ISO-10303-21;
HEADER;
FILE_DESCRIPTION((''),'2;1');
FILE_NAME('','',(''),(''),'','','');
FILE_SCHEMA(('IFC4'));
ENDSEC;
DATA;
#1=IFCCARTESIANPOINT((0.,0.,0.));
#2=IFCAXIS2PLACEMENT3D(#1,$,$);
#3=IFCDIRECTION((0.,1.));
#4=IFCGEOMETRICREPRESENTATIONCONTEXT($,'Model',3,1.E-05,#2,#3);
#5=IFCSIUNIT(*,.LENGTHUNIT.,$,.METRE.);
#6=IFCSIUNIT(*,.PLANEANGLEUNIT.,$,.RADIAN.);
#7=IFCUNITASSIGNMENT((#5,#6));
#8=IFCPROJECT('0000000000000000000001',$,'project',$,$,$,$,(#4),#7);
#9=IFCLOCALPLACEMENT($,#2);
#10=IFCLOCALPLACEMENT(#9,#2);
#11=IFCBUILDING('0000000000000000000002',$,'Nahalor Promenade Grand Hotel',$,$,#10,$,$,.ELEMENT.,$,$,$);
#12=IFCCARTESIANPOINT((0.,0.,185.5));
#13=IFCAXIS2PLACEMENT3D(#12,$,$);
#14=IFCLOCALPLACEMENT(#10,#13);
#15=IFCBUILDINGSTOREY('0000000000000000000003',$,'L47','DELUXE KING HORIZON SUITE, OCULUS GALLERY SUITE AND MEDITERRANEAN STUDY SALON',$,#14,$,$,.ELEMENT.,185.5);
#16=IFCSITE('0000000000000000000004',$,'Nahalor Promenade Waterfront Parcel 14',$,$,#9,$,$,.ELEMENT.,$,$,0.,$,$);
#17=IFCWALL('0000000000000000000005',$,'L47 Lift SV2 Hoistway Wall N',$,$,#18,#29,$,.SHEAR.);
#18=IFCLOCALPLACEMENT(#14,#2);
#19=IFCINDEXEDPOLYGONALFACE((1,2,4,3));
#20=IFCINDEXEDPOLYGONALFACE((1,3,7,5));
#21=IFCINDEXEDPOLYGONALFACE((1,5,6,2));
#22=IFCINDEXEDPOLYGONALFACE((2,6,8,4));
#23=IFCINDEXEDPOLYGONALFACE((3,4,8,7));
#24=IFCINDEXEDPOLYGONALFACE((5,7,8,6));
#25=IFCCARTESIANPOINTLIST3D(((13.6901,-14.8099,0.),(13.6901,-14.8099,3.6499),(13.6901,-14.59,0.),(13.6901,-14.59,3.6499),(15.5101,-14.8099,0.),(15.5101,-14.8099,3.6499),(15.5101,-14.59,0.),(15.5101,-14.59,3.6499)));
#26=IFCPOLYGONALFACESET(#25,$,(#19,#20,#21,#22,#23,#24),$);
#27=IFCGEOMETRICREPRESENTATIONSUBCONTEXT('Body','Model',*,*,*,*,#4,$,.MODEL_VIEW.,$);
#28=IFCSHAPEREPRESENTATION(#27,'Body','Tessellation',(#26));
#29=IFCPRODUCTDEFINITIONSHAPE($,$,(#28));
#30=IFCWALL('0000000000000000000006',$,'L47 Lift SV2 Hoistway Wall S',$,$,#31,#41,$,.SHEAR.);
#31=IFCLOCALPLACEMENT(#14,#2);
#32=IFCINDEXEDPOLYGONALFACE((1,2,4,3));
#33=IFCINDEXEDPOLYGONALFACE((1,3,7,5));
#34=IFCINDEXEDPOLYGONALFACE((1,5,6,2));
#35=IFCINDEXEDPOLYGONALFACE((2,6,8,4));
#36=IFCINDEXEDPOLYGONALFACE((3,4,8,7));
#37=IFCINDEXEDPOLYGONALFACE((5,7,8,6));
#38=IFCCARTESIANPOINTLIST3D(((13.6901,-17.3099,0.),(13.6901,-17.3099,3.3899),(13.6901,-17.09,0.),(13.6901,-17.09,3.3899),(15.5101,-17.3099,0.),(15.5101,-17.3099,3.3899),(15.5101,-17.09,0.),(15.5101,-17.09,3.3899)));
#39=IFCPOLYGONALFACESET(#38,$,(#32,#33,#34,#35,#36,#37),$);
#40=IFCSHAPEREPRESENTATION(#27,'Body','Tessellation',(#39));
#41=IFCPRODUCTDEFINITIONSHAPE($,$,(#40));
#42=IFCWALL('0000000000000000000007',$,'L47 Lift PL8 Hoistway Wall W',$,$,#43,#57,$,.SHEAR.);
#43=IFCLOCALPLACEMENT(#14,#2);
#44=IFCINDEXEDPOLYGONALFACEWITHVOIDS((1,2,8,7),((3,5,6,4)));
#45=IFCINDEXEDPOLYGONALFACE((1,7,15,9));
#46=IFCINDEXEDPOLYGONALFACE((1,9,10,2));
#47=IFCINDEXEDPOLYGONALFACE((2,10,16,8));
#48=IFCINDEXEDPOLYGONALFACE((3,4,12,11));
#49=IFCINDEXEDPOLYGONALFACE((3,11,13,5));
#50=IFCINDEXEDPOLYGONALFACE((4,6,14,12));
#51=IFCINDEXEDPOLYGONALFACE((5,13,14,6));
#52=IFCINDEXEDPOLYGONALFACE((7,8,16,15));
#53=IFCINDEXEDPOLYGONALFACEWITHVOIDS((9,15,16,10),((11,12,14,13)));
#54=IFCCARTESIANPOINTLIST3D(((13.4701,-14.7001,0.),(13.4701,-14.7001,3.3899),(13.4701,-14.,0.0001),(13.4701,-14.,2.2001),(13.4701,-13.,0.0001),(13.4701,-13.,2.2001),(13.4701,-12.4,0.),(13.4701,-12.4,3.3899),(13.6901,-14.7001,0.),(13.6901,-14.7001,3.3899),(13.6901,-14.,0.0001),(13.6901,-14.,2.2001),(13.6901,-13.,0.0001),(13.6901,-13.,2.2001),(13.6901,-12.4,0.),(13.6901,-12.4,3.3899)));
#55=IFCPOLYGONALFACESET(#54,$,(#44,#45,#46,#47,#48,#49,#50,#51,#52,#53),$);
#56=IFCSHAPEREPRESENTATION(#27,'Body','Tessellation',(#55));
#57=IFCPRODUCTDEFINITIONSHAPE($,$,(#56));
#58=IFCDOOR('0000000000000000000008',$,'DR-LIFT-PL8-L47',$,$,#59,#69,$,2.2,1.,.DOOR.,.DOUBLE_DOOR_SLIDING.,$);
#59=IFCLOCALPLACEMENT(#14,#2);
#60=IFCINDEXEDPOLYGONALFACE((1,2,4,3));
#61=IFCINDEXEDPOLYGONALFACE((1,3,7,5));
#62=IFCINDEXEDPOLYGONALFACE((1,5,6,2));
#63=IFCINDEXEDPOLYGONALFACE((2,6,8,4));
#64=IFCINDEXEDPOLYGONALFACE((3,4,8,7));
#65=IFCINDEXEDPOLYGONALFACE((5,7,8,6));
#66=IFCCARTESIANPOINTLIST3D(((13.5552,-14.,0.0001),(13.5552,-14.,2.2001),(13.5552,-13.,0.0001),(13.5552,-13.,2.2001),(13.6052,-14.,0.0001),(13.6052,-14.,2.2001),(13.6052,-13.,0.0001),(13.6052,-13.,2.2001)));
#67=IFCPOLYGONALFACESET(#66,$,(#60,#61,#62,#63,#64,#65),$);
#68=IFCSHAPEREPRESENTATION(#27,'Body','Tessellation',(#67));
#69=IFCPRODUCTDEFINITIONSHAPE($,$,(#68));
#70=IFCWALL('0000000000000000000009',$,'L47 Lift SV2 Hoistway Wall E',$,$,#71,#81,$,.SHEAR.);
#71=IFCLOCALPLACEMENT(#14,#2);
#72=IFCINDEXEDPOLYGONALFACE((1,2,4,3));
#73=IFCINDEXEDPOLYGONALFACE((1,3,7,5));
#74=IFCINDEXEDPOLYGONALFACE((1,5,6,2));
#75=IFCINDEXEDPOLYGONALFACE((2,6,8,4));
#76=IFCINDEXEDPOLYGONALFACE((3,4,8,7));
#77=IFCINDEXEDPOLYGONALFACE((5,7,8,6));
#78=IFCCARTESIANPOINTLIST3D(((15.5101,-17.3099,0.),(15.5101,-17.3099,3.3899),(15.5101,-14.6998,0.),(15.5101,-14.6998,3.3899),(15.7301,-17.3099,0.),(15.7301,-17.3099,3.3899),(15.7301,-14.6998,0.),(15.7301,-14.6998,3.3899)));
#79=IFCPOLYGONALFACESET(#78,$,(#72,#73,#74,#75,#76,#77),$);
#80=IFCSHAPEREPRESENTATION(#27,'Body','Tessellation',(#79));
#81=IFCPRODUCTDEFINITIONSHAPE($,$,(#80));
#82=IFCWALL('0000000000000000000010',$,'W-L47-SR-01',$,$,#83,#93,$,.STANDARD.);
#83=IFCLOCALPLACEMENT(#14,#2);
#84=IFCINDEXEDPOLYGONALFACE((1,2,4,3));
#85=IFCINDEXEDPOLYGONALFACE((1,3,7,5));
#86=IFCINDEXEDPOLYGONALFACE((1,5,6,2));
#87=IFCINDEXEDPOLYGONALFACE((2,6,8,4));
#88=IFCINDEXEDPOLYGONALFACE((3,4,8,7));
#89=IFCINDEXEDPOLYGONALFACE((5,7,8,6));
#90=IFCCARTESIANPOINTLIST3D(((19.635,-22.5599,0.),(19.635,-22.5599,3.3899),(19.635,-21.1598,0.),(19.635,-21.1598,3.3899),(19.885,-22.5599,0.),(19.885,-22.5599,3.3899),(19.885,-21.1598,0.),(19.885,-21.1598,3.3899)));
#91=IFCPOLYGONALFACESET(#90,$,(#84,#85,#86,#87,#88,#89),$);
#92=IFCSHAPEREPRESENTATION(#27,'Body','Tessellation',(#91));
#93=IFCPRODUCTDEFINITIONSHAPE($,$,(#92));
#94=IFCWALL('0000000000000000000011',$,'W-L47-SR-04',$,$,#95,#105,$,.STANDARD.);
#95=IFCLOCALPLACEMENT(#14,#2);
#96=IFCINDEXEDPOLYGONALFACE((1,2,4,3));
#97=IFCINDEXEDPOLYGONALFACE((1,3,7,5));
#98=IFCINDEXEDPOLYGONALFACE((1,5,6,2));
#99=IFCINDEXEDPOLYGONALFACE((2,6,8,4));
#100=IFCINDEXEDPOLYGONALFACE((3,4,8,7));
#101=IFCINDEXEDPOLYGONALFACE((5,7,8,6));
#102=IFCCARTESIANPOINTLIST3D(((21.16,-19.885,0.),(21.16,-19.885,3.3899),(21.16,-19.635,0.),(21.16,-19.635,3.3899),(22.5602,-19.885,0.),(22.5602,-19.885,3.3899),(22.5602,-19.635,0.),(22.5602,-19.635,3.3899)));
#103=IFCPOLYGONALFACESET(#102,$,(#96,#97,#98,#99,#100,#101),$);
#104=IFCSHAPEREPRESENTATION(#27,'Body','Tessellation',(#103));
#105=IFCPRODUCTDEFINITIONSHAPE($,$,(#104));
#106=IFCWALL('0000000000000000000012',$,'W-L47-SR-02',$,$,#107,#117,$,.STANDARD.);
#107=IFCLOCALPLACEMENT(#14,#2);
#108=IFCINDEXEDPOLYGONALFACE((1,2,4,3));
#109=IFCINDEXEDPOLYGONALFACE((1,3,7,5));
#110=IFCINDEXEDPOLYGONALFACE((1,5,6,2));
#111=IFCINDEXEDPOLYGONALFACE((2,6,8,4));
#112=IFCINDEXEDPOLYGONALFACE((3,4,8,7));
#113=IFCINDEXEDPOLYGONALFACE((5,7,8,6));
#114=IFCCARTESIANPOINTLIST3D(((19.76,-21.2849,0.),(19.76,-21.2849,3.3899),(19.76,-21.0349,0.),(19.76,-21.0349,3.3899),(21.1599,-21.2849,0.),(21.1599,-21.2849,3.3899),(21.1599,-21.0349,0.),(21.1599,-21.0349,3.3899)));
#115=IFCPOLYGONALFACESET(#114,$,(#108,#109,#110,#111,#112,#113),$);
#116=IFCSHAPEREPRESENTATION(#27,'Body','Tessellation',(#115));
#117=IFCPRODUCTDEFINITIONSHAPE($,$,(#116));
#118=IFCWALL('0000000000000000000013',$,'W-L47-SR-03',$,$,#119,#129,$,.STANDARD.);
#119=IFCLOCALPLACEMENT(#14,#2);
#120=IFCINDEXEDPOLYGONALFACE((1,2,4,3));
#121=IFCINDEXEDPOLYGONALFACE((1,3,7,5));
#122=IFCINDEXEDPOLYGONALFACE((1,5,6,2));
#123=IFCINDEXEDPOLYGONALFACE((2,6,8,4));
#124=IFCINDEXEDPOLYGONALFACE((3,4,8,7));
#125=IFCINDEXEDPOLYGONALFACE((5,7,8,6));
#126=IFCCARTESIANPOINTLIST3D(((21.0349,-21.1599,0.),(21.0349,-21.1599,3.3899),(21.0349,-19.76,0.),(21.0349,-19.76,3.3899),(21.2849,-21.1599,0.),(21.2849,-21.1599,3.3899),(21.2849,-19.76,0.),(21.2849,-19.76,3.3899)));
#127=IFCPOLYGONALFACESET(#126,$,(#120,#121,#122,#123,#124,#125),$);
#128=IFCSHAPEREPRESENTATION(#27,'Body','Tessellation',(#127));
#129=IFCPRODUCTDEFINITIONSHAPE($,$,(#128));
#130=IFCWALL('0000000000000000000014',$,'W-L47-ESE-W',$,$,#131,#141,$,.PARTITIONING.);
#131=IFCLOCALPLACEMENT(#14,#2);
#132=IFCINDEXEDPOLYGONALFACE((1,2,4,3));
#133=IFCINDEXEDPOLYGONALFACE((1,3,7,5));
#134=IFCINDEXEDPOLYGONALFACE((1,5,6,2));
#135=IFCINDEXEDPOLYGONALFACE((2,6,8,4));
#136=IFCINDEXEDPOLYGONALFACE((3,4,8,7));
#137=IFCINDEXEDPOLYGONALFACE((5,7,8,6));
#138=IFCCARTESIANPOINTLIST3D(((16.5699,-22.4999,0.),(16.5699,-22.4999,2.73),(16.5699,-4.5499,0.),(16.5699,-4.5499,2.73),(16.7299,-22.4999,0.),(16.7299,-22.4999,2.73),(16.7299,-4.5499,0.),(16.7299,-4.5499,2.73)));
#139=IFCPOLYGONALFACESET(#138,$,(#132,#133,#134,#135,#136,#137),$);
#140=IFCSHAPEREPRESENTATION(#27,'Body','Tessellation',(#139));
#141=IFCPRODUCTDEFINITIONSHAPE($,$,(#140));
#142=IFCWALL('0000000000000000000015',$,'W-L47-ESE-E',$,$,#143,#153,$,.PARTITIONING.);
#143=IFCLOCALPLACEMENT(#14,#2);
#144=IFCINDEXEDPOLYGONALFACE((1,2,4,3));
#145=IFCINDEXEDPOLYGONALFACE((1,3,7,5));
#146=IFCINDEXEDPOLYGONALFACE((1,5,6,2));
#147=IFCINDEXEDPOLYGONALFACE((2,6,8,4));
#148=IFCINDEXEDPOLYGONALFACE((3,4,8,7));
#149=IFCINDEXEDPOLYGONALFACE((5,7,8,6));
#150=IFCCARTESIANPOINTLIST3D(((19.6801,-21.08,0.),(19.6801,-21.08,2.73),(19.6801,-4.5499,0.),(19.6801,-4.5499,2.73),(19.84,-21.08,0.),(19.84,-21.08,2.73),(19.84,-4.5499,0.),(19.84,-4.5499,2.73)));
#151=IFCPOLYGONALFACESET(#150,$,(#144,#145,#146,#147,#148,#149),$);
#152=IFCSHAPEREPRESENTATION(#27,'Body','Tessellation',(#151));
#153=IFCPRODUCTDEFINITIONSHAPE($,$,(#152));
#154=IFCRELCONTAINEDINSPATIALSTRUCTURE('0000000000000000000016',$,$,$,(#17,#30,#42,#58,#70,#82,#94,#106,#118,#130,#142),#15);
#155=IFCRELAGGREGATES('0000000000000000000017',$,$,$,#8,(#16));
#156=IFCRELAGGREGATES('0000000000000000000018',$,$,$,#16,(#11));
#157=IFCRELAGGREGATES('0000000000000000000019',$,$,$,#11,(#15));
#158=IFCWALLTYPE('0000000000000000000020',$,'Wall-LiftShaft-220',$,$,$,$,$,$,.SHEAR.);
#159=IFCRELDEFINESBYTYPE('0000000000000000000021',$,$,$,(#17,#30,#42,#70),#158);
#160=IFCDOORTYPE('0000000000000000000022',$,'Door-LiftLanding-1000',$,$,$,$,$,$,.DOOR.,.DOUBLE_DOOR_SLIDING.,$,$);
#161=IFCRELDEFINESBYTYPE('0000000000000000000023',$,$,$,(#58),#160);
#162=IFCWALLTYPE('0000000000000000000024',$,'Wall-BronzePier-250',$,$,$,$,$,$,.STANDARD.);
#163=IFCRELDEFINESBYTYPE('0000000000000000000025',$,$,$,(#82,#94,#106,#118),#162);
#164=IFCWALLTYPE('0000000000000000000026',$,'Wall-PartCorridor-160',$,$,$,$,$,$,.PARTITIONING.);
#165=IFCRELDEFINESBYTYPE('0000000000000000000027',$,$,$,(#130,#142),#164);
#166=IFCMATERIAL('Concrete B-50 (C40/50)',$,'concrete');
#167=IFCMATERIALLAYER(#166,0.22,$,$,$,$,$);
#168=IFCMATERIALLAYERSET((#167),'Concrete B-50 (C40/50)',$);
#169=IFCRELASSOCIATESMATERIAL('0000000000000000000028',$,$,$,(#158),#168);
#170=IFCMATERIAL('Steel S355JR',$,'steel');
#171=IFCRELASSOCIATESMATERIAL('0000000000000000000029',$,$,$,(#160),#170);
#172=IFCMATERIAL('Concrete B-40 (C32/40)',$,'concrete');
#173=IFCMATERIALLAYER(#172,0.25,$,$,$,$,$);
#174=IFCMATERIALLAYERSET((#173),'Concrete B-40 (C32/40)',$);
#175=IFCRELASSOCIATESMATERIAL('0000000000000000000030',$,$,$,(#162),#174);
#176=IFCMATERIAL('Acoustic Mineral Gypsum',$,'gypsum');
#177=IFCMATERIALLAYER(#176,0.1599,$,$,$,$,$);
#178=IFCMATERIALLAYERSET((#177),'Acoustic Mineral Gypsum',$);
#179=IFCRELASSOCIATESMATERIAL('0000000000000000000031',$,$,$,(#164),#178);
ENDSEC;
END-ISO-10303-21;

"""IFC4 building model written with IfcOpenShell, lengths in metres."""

from ifc_helpers import new_model, si_unit, direction, frame, frame_2d, origin, place, context, subcontext, project, spatial, rectangle, extrude, source, transform, mapped, material, layer, layer_set, type_object, element, fill, save


model = new_model("IFC4")

# Units and contexts
model_context = context("Model", 3, precision=1e-05, world=origin(), true_north=direction((0.0, 1.0)))
body_context = subcontext(model_context, "Body", "Model", "MODEL_VIEW")
ifc_project = project(units=[si_unit("LENGTHUNIT", "METRE"), si_unit("PLANEANGLEUNIT", "RADIAN")], contexts=[model_context])

# Site, building, storey
site_placement = place(None, origin())
site = spatial("IfcSite", under=ifc_project, at=site_placement, Name="Nahalor Promenade Waterfront Parcel 14", CompositionType="ELEMENT", RefElevation=0.0)
building_placement = place(site_placement, origin())
building = spatial("IfcBuilding", under=site, at=building_placement, Name="Nahalor Promenade Grand Hotel", CompositionType="ELEMENT")
storey_placement = place(building_placement, frame((0.0, 0.0, 185.5)))
storey = spatial("IfcBuildingStorey", under=building, at=storey_placement, Name="L47", Description="DELUXE KING HORIZON SUITE, OCULUS GALLERY SUITE AND MEDITERRANEAN STUDY SALON", CompositionType="ELEMENT", Elevation=185.5)

# Shared definitions
ifc_material_1 = material(Name="Steel S355JR", Category="steel")

# Walls
ifc_material_2 = material(Name="Concrete B-50 (C40/50)", Category="concrete")
ifc_layer_1 = layer(ifc_material_2, 0.22)
ifc_layer_set_1 = layer_set([ifc_layer_1], Name="Concrete B-50 (C40/50)")
wall_type_1 = type_object("IfcWallType", Name="Wall-LiftShaft-220", PredefinedType="SHEAR", material=ifc_layer_set_1)
shared_shape_1 = source(origin(), body_context, "Body", "SweptSolid", [
    extrude(rectangle(XDim=1.8201, YDim=0.22, at=frame_2d((0.9102, 0.0))), origin(), (0.0, 0.0, 1.0), 3.6499),
])
wall_1_placement = place(storey_placement, frame((13.6899, -14.7, 0.0), z_axis=(0.0, 0.0, 1.0), x_axis=(1.0, 0.0, 0.0)))
element("IfcWall", 1, at=wall_1_placement, inside=storey, type_object=wall_type_1, Name="L47 Lift SV2 Hoistway Wall N", PredefinedType="SHEAR", context=body_context, shape_type="MappedRepresentation", body=[
    mapped(shared_shape_1, transform((0.0, 0.0, 0.0), scale=1.0)),
])
shared_shape_2 = source(origin(), body_context, "Body", "SweptSolid", [
    extrude(rectangle(XDim=1.8201, YDim=0.22, at=frame_2d((0.9102, 0.0))), origin(), (0.0, 0.0, 1.0), 3.3899),
])
wall_2_placement = place(storey_placement, frame((13.6899, -17.2, 0.0), z_axis=(0.0, 0.0, 1.0), x_axis=(1.0, 0.0, 0.0)))
element("IfcWall", 2, at=wall_2_placement, inside=storey, type_object=wall_type_1, Name="L47 Lift SV2 Hoistway Wall S", PredefinedType="SHEAR", context=body_context, shape_type="MappedRepresentation", body=[
    mapped(shared_shape_2, transform((0.0, 0.0, 0.0), scale=1.0)),
])

# Wall, opening, door
shared_shape_3 = source(origin(), body_context, "Body", "SweptSolid", [
    extrude(rectangle(XDim=2.3, YDim=0.22, at=frame_2d((1.1499, 0.0))), origin(), (0.0, 0.0, 1.0), 3.3899),
])
wall_3_placement = place(storey_placement, frame((13.5801, -14.7, 0.0), z_axis=(0.0, 0.0, 1.0), x_axis=(0.0, 1.0, 0.0)))
wall_3 = element("IfcWall", 3, at=wall_3_placement, inside=storey, type_object=wall_type_1, Name="L47 Lift PL8 Hoistway Wall W", PredefinedType="SHEAR", context=body_context, shape_type="MappedRepresentation", body=[
    mapped(shared_shape_3, transform((0.0, 0.0, 0.0), scale=1.0)),
])
opening_placement = place(wall_3_placement, frame((0.7, 0.0, 0.0)))
opening = element("IfcOpeningElement", 4, at=opening_placement, cuts=wall_3, PredefinedType="OPENING", context=body_context, shape_type="SweptSolid", body=[
    extrude(rectangle(XDim=1.0, YDim=2.2, at=frame_2d((0.5, 1.1001))), frame((0.0, 0.1199, 0.0), z_axis=(0.0, -1.0, 0.0), x_axis=(1.0, 0.0, 0.0)), (0.0, 0.0, 1.0), 0.24),
])
door_type = type_object("IfcDoorType", Name="Door-LiftLanding-1000", OperationType="DOUBLE_DOOR_SLIDING", PredefinedType="DOOR", material=ifc_material_1)
shared_shape_4 = source(origin(), body_context, "Body", "SweptSolid", [
    extrude(rectangle(XDim=1.0, YDim=2.2, at=frame_2d((0.5, 1.1001))), frame((0.0, 0.0249, 0.0), z_axis=(0.0, -1.0, 0.0), x_axis=(1.0, 0.0, 0.0)), (0.0, 0.0, 1.0), 0.05),
])
door_placement = place(opening_placement, origin())
door = element("IfcDoor", 5, at=door_placement, inside=storey, type_object=door_type, Name="DR-LIFT-PL8-L47", OperationType="DOUBLE_DOOR_SLIDING", OverallHeight=2.2, OverallWidth=1.0, PredefinedType="DOOR", context=body_context, shape_type="MappedRepresentation", body=[
    mapped(shared_shape_4, transform((0.0, 0.0, 0.0), scale=1.0)),
])
fill(opening, door)

# Walls
shared_shape_5 = source(origin(), body_context, "Body", "SweptSolid", [
    extrude(rectangle(XDim=2.6101, YDim=0.22, at=frame_2d((1.3052, 0.0))), origin(), (0.0, 0.0, 1.0), 3.3899),
])
wall_4_placement = place(storey_placement, frame((15.6201, -17.3101, 0.0), z_axis=(0.0, 0.0, 1.0), x_axis=(0.0, 1.0, 0.0)))
element("IfcWall", 6, at=wall_4_placement, inside=storey, type_object=wall_type_1, Name="L47 Lift SV2 Hoistway Wall E", PredefinedType="SHEAR", context=body_context, shape_type="MappedRepresentation", body=[
    mapped(shared_shape_5, transform((0.0, 0.0, 0.0), scale=1.0)),
])
ifc_material_3 = material(Name="Concrete B-40 (C32/40)", Category="concrete")
ifc_layer_2 = layer(ifc_material_3, 0.25)
ifc_layer_set_2 = layer_set([ifc_layer_2], Name="Concrete B-40 (C32/40)")
wall_type_2 = type_object("IfcWallType", Name="Wall-BronzePier-250", PredefinedType="STANDARD", material=ifc_layer_set_2)
shared_shape_6 = source(origin(), body_context, "Body", "SweptSolid", [
    extrude(rectangle(XDim=1.4001, YDim=0.25, at=frame_2d((0.7002, 0.0))), origin(), (0.0, 0.0, 1.0), 3.3899),
])
for number, where, z_axis, x_axis, name in (
    (7, (19.76, -22.5601, 0.0), (0.0, 0.0, 1.0), (0.0, 1.0, 0.0), "W-L47-SR-01"),
    (8, (21.1599, -19.76, 0.0), (0.0, 0.0, 1.0), (1.0, 0.0, 0.0), "W-L47-SR-04"),
):
    element("IfcWall", number, at=place(storey_placement, frame(where, z_axis=z_axis, x_axis=x_axis)), inside=storey, type_object=wall_type_2, Name=name, PredefinedType="STANDARD", context=body_context, shape_type="MappedRepresentation", body=[
        mapped(shared_shape_6, transform((0.0, 0.0, 0.0), scale=1.0)),
    ])
shared_shape_7 = source(origin(), body_context, "Body", "SweptSolid", [
    extrude(rectangle(XDim=1.3999, YDim=0.25, at=frame_2d((0.7, 0.0))), origin(), (0.0, 0.0, 1.0), 3.3899),
])
for number, where, z_axis, x_axis, name in (
    (9, (19.76, -21.1599, 0.0), (0.0, 0.0, 1.0), (1.0, 0.0, 0.0), "W-L47-SR-02"),
    (10, (21.1599, -21.1599, 0.0), (0.0, 0.0, 1.0), (0.0, 1.0, 0.0), "W-L47-SR-03"),
):
    element("IfcWall", number, at=place(storey_placement, frame(where, z_axis=z_axis, x_axis=x_axis)), inside=storey, type_object=wall_type_2, Name=name, PredefinedType="STANDARD", context=body_context, shape_type="MappedRepresentation", body=[
        mapped(shared_shape_7, transform((0.0, 0.0, 0.0), scale=1.0)),
    ])
ifc_material_4 = material(Name="Acoustic Mineral Gypsum", Category="gypsum")
ifc_layer_3 = layer(ifc_material_4, 0.1599)
ifc_layer_set_3 = layer_set([ifc_layer_3], Name="Acoustic Mineral Gypsum")
wall_type_3 = type_object("IfcWallType", Name="Wall-PartCorridor-160", PredefinedType="PARTITIONING", material=ifc_layer_set_3)
shared_shape_8 = source(origin(), body_context, "Body", "SweptSolid", [
    extrude(rectangle(XDim=17.95, YDim=0.1599, at=frame_2d((8.9751, 0.0))), origin(), (0.0, 0.0, 1.0), 2.73),
])
wall_5_placement = place(storey_placement, frame((16.6499, -22.5, 0.0), z_axis=(0.0, 0.0, 1.0), x_axis=(0.0, 1.0, 0.0)))
element("IfcWall", 11, at=wall_5_placement, inside=storey, type_object=wall_type_3, Name="W-L47-ESE-W", PredefinedType="PARTITIONING", context=body_context, shape_type="MappedRepresentation", body=[
    mapped(shared_shape_8, transform((0.0, 0.0, 0.0), scale=1.0)),
])
shared_shape_9 = source(origin(), body_context, "Body", "SweptSolid", [
    extrude(rectangle(XDim=16.53, YDim=0.1599, at=frame_2d((8.2651, 0.0))), origin(), (0.0, 0.0, 1.0), 2.73),
])
wall_6_placement = place(storey_placement, frame((19.76, -21.0801, 0.0), z_axis=(0.0, 0.0, 1.0), x_axis=(0.0, 1.0, 0.0)))
element("IfcWall", 12, at=wall_6_placement, inside=storey, type_object=wall_type_3, Name="W-L47-ESE-E", PredefinedType="PARTITIONING", context=body_context, shape_type="MappedRepresentation", body=[
    mapped(shared_shape_9, transform((0.0, 0.0, 0.0), scale=1.0)),
])

save(model, "model.ifc")
